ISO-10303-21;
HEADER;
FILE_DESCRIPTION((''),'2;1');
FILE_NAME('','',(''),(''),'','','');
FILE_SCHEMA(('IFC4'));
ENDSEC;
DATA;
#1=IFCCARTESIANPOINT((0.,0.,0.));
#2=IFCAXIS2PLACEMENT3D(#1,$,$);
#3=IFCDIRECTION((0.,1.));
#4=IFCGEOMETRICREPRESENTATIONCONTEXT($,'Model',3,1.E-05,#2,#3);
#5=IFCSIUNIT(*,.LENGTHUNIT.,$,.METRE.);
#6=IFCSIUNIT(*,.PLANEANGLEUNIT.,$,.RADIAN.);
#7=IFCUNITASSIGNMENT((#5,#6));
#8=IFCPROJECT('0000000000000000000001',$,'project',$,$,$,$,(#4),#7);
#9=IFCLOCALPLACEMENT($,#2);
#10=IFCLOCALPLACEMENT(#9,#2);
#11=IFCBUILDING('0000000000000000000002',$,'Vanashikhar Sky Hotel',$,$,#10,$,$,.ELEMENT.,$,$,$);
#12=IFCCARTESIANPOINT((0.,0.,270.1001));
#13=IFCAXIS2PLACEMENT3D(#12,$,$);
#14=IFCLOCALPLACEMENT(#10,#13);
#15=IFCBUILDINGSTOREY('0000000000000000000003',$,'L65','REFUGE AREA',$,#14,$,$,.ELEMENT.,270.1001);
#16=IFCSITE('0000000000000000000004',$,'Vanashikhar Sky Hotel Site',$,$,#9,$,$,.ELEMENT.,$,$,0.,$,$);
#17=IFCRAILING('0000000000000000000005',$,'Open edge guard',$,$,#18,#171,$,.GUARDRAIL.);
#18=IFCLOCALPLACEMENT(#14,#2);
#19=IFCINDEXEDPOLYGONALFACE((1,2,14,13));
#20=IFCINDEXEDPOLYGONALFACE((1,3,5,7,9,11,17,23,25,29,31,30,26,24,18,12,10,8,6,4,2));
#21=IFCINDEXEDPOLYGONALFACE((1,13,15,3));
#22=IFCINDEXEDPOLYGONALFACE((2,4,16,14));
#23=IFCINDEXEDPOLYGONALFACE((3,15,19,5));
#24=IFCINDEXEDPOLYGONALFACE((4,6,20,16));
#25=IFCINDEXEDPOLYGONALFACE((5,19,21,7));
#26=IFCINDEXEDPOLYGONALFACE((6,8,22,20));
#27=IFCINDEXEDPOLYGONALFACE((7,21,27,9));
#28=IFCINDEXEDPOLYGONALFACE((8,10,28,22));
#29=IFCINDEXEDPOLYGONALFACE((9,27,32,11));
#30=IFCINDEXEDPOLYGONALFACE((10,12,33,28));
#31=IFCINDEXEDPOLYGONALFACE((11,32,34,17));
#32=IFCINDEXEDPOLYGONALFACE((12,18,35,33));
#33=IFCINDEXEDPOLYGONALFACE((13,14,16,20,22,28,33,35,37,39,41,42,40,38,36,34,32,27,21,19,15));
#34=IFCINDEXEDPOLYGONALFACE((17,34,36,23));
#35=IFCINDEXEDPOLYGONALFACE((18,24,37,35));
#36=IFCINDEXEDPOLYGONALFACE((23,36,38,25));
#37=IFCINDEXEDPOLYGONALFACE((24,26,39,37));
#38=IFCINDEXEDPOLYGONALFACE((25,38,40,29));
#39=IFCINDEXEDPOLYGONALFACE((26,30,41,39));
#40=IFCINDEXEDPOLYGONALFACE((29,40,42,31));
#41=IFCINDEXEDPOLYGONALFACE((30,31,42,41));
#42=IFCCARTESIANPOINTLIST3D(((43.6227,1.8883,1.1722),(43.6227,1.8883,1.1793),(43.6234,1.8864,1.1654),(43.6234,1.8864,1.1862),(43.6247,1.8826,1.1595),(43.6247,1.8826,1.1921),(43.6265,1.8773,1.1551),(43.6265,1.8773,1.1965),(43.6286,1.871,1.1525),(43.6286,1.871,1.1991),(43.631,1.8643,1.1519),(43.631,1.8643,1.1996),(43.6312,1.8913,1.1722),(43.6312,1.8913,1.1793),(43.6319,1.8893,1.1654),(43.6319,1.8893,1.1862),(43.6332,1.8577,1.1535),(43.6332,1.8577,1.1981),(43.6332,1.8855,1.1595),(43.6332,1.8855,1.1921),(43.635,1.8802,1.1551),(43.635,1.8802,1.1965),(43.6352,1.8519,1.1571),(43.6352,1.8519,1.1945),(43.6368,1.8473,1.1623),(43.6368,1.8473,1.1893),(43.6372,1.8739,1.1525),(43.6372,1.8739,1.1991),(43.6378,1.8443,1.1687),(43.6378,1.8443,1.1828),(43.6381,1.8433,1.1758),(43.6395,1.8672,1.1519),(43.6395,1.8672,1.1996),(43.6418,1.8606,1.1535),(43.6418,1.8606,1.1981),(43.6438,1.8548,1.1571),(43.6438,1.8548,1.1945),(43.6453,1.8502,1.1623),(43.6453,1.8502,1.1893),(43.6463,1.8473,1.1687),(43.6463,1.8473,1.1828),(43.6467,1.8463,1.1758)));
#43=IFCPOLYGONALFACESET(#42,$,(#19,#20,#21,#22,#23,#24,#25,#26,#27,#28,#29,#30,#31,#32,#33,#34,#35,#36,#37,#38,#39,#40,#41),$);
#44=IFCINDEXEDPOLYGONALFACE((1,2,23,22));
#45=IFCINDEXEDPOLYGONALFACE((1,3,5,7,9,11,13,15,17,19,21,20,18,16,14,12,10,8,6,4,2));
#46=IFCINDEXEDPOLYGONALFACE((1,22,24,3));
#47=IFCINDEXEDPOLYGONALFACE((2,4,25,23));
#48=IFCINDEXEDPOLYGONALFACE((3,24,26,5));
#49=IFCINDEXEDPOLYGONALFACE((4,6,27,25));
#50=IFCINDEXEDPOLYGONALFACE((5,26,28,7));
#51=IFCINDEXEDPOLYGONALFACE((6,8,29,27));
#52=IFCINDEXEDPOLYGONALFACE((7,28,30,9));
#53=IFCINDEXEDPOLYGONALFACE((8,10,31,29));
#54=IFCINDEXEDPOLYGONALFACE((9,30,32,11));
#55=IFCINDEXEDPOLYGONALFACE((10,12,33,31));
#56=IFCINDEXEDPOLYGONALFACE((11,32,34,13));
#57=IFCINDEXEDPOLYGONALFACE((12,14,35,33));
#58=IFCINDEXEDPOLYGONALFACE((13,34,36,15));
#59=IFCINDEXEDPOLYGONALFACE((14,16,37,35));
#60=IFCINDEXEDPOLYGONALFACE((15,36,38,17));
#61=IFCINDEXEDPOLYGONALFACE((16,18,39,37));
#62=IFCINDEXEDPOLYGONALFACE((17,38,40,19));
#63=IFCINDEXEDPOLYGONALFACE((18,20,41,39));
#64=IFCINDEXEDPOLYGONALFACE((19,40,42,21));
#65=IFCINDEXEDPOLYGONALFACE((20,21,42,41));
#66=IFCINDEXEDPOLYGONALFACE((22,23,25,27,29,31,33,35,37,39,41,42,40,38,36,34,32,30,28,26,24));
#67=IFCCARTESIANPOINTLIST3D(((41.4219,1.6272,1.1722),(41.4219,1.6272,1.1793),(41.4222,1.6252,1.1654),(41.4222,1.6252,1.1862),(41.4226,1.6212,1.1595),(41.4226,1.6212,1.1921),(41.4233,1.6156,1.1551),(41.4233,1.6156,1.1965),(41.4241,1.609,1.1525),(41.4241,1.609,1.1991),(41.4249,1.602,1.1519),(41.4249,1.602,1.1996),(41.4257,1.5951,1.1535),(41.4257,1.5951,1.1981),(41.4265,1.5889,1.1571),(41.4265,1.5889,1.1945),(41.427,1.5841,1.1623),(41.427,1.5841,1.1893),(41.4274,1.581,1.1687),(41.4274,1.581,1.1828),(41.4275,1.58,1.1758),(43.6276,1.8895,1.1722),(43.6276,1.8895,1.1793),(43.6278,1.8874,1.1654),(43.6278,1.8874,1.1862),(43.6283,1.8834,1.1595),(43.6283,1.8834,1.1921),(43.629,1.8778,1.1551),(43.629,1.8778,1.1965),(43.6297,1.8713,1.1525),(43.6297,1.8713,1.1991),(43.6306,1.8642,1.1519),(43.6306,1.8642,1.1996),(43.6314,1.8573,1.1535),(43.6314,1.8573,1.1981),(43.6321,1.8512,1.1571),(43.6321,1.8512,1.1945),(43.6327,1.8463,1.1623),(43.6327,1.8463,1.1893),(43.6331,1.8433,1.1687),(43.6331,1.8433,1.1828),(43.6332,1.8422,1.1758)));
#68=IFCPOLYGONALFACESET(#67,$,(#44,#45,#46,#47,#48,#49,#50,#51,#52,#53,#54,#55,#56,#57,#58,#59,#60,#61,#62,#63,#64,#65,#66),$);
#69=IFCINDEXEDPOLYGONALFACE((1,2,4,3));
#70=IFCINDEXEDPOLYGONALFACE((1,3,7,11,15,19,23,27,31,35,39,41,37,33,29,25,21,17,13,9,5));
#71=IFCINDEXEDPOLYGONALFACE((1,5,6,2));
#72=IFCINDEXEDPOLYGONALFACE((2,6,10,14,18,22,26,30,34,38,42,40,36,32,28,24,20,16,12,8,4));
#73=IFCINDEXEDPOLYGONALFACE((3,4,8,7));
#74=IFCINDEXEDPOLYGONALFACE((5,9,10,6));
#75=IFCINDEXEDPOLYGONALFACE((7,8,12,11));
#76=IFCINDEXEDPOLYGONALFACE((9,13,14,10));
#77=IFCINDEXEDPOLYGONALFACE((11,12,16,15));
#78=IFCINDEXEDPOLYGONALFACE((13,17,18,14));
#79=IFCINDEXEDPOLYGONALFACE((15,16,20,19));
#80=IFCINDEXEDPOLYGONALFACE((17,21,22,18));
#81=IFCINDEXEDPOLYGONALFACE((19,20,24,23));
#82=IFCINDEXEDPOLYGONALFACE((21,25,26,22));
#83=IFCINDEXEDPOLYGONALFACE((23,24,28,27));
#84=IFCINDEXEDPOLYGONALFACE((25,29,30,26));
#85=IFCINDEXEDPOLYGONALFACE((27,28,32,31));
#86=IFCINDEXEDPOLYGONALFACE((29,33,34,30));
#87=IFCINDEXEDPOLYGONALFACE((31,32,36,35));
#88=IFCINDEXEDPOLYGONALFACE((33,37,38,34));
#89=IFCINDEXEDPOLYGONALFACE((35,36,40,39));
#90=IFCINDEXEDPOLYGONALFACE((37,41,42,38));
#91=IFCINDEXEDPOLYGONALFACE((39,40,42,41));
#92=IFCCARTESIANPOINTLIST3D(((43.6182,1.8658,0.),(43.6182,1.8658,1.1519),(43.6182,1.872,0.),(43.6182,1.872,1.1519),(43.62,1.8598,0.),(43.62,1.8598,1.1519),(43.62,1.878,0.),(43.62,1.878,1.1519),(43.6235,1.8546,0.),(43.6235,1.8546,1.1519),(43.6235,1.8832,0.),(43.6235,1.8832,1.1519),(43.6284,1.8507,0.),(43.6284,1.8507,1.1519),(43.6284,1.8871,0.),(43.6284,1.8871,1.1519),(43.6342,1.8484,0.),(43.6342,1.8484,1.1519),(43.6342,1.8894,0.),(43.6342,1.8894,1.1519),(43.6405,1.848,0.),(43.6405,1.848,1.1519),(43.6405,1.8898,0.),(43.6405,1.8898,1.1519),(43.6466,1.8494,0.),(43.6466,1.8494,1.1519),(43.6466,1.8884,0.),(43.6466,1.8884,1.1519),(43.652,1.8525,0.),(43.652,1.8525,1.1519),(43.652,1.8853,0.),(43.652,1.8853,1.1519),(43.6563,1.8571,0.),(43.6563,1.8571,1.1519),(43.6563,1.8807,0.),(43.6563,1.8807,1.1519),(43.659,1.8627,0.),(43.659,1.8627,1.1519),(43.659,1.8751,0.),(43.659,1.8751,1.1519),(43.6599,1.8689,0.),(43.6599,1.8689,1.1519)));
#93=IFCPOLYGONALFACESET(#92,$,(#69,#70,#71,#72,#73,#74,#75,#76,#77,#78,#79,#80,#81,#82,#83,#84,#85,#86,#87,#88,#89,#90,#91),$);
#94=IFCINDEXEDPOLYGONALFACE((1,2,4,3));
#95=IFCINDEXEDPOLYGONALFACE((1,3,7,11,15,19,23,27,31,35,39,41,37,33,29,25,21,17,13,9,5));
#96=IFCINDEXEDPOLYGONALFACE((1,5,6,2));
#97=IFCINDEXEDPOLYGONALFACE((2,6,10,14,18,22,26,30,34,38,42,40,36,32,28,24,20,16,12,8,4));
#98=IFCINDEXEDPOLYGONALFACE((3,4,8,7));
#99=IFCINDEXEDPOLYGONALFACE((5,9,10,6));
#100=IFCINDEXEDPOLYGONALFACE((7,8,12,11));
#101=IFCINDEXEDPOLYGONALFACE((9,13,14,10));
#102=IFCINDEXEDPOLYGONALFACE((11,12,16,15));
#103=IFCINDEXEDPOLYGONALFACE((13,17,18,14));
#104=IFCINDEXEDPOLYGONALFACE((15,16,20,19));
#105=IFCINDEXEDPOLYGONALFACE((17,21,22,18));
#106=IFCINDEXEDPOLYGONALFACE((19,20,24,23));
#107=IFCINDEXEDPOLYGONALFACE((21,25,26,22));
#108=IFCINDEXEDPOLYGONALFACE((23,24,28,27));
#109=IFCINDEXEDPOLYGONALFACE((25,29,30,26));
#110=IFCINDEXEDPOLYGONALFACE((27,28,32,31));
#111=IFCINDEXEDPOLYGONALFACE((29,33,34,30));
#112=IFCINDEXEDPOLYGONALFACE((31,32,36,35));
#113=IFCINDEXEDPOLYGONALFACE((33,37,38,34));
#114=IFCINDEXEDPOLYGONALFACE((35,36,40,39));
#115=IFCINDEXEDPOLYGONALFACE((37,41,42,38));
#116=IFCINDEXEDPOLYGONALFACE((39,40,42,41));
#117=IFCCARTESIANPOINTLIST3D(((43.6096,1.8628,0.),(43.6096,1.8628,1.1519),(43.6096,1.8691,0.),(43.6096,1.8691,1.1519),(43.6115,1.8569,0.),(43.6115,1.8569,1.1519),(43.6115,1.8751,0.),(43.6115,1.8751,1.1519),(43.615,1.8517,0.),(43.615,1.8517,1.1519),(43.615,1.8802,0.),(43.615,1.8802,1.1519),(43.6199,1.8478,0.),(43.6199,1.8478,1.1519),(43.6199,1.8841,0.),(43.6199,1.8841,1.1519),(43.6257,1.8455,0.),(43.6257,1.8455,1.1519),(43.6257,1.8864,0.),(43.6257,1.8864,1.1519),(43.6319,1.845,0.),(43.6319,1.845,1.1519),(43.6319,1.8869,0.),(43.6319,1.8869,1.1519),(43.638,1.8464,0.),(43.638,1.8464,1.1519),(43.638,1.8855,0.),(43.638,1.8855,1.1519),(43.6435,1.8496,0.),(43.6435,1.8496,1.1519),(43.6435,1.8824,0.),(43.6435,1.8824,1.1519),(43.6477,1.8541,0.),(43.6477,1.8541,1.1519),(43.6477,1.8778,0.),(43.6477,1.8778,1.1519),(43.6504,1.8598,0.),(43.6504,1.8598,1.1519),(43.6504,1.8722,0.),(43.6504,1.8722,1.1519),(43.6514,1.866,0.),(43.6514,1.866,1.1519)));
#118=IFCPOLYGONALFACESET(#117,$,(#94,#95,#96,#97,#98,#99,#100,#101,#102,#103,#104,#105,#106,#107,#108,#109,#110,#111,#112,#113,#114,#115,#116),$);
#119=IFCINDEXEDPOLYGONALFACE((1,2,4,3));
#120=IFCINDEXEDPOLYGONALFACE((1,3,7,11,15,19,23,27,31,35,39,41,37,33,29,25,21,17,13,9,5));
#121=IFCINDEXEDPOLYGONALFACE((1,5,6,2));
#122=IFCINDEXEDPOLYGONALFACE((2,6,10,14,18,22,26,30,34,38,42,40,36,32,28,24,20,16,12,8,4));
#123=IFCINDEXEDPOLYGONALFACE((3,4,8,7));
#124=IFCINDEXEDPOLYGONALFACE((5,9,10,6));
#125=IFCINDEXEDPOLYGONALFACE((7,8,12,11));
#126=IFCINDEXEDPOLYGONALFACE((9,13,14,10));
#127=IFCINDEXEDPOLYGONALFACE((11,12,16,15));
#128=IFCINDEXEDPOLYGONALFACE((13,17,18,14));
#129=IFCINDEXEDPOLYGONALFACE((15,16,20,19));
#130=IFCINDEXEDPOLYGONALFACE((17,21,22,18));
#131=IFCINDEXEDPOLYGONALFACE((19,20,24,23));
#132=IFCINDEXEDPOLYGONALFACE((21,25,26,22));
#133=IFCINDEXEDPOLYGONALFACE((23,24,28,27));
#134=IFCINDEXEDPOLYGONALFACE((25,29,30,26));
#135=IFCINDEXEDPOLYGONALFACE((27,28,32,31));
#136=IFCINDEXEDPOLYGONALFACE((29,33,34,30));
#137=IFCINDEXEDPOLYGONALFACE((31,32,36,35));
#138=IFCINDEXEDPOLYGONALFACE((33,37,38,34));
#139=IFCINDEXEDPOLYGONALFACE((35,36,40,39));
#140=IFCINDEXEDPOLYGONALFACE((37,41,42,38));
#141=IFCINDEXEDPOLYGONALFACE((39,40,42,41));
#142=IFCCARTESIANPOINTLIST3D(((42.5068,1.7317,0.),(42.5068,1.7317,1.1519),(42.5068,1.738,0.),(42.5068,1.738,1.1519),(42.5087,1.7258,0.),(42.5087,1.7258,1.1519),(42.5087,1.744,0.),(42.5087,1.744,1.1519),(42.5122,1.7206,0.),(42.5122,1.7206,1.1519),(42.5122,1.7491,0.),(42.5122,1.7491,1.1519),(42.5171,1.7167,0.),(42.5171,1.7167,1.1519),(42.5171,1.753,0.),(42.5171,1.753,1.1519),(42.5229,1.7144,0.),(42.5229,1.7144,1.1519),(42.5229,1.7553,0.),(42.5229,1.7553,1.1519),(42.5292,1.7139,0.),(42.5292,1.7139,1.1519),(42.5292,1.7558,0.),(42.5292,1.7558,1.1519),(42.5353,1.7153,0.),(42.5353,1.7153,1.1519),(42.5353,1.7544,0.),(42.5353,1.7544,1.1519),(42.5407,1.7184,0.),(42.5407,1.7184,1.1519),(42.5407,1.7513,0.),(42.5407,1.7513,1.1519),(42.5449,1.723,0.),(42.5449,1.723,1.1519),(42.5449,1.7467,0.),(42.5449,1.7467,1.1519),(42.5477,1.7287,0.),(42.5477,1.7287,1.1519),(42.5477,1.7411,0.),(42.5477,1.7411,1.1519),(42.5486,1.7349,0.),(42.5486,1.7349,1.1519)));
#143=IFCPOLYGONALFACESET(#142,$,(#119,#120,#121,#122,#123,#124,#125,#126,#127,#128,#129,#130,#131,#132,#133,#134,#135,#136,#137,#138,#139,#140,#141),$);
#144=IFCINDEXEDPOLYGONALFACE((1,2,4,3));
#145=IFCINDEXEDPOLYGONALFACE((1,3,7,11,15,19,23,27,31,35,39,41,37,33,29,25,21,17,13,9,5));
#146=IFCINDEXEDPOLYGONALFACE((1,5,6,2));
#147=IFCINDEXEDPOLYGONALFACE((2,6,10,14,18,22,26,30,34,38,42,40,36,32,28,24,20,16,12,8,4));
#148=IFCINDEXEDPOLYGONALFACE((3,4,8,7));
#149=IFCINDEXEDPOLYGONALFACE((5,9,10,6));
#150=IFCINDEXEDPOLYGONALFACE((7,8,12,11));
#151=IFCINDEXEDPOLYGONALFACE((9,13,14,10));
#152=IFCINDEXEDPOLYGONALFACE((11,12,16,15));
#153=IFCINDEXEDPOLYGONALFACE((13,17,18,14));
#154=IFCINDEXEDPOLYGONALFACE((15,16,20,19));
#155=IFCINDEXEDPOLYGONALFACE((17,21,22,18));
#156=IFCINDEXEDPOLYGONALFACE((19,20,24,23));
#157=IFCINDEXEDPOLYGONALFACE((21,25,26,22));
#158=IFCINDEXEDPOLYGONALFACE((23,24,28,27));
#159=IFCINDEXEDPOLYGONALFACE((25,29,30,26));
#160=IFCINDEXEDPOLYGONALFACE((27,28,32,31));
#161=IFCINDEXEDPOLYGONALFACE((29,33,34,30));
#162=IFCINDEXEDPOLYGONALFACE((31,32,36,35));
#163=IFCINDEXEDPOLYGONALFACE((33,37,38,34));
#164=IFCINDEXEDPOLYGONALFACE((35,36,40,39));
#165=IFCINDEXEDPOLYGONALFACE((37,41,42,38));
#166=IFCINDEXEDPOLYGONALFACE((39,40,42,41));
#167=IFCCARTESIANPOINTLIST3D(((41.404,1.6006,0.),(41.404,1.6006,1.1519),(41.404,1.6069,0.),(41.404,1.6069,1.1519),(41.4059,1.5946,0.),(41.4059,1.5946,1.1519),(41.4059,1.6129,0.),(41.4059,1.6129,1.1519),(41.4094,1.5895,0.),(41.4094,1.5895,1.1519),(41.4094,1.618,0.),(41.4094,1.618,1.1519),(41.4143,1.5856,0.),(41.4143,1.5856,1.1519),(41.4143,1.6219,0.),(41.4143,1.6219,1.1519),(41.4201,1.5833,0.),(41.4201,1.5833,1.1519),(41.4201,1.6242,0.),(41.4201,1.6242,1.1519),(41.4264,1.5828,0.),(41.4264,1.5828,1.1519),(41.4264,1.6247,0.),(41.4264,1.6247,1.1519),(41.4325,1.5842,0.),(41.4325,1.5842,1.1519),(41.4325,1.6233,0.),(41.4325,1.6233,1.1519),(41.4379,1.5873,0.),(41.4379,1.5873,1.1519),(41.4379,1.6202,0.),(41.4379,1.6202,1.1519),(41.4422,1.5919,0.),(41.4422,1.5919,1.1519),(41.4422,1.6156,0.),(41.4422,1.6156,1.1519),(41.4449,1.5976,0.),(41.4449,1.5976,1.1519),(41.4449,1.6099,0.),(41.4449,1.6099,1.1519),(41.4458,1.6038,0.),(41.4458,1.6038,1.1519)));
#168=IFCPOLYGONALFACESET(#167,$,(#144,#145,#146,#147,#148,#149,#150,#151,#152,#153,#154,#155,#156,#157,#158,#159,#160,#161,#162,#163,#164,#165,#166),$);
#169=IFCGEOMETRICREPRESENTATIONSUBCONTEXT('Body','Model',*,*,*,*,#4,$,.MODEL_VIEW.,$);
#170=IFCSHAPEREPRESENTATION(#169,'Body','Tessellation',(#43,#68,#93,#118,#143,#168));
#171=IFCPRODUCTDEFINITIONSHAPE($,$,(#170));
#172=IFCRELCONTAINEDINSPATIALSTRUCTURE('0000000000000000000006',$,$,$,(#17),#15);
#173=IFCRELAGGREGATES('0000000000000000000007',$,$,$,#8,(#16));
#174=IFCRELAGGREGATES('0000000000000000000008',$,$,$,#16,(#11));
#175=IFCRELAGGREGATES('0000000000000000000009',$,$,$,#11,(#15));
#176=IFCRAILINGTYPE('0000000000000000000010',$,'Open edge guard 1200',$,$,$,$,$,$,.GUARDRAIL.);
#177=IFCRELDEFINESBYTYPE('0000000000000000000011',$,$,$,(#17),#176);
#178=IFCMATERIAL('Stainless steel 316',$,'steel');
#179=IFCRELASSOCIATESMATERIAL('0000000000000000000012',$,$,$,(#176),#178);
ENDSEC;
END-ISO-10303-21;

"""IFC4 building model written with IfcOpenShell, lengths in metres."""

from ifc_helpers import new_model, si_unit, direction, frame, origin, origin_2d, place, context, subcontext, project, spatial, circle, extrude, source, transform, mapped, material, type_object, element, save


model = new_model("IFC4")

# Units and contexts
model_context = context("Model", 3, precision=1e-05, world=origin(), true_north=direction((0.0, 1.0)))
body_context = subcontext(model_context, "Body", "Model", "MODEL_VIEW")
ifc_project = project(units=[si_unit("LENGTHUNIT", "METRE"), si_unit("PLANEANGLEUNIT", "RADIAN")], contexts=[model_context])

# Site, building, storey
site_placement = place(None, origin())
site = spatial("IfcSite", under=ifc_project, at=site_placement, Name="Vanashikhar Sky Hotel Site", CompositionType="ELEMENT", RefElevation=0.0)
building_placement = place(site_placement, origin())
building = spatial("IfcBuilding", under=site, at=building_placement, Name="Vanashikhar Sky Hotel", CompositionType="ELEMENT")
storey_placement = place(building_placement, frame((0.0, 0.0, 270.1001)))
storey = spatial("IfcBuildingStorey", under=building, at=storey_placement, Name="L65", Description="REFUGE AREA", CompositionType="ELEMENT", Elevation=270.1001)

# Railing
ifc_material_1 = material(Name="Stainless steel 316", Category="steel")
railing_type = type_object("IfcRailingType", Name="Open edge guard 1200", PredefinedType="GUARDRAIL", material=ifc_material_1)
shared_shape_1 = source(origin(), body_context, "Body", "SweptSolid", [
    extrude(circle(Radius=0.0239, at=origin_2d()), frame((0.0, 0.0, 1.1758), z_axis=(-0.945946, -0.324324, 0.0), x_axis=(0.324324, -0.945946, 0.0)), (0.0, 0.0, 1.0), 0.009),
    extrude(circle(Radius=0.0239, at=origin_2d()), frame((-0.0085, -0.0029, 1.1758), z_axis=(-0.993007, -0.118053, 0.0), x_axis=(0.118053, -0.993007, 0.0)), (0.0, 0.0, 1.0), 2.2212),
    extrude(circle(Radius=0.021, at=origin_2d()), origin(), (0.0, 0.0, 1.0), 1.1519),
    extrude(circle(Radius=0.021, at=origin_2d()), frame((-0.0085, -0.0029, 0.0)), (0.0, 0.0, 1.0), 1.1519),
    extrude(circle(Radius=0.021, at=origin_2d()), frame((-1.1113, -0.134, 0.0)), (0.0, 0.0, 1.0), 1.1519),
    extrude(circle(Radius=0.021, at=origin_2d()), frame((-2.2141, -0.2651, 0.0)), (0.0, 0.0, 1.0), 1.1519),
])
railing_1_placement = place(storey_placement, frame((43.6389, 1.8689, 0.0)))
element("IfcRailing", 1, at=railing_1_placement, inside=storey, type_object=railing_type, Name="Open edge guard", PredefinedType="GUARDRAIL", context=body_context, shape_type="MappedRepresentation", body=[
    mapped(shared_shape_1, transform((0.0, 0.0, 0.0), scale=1.0)),
])

save(model, "model.ifc")
